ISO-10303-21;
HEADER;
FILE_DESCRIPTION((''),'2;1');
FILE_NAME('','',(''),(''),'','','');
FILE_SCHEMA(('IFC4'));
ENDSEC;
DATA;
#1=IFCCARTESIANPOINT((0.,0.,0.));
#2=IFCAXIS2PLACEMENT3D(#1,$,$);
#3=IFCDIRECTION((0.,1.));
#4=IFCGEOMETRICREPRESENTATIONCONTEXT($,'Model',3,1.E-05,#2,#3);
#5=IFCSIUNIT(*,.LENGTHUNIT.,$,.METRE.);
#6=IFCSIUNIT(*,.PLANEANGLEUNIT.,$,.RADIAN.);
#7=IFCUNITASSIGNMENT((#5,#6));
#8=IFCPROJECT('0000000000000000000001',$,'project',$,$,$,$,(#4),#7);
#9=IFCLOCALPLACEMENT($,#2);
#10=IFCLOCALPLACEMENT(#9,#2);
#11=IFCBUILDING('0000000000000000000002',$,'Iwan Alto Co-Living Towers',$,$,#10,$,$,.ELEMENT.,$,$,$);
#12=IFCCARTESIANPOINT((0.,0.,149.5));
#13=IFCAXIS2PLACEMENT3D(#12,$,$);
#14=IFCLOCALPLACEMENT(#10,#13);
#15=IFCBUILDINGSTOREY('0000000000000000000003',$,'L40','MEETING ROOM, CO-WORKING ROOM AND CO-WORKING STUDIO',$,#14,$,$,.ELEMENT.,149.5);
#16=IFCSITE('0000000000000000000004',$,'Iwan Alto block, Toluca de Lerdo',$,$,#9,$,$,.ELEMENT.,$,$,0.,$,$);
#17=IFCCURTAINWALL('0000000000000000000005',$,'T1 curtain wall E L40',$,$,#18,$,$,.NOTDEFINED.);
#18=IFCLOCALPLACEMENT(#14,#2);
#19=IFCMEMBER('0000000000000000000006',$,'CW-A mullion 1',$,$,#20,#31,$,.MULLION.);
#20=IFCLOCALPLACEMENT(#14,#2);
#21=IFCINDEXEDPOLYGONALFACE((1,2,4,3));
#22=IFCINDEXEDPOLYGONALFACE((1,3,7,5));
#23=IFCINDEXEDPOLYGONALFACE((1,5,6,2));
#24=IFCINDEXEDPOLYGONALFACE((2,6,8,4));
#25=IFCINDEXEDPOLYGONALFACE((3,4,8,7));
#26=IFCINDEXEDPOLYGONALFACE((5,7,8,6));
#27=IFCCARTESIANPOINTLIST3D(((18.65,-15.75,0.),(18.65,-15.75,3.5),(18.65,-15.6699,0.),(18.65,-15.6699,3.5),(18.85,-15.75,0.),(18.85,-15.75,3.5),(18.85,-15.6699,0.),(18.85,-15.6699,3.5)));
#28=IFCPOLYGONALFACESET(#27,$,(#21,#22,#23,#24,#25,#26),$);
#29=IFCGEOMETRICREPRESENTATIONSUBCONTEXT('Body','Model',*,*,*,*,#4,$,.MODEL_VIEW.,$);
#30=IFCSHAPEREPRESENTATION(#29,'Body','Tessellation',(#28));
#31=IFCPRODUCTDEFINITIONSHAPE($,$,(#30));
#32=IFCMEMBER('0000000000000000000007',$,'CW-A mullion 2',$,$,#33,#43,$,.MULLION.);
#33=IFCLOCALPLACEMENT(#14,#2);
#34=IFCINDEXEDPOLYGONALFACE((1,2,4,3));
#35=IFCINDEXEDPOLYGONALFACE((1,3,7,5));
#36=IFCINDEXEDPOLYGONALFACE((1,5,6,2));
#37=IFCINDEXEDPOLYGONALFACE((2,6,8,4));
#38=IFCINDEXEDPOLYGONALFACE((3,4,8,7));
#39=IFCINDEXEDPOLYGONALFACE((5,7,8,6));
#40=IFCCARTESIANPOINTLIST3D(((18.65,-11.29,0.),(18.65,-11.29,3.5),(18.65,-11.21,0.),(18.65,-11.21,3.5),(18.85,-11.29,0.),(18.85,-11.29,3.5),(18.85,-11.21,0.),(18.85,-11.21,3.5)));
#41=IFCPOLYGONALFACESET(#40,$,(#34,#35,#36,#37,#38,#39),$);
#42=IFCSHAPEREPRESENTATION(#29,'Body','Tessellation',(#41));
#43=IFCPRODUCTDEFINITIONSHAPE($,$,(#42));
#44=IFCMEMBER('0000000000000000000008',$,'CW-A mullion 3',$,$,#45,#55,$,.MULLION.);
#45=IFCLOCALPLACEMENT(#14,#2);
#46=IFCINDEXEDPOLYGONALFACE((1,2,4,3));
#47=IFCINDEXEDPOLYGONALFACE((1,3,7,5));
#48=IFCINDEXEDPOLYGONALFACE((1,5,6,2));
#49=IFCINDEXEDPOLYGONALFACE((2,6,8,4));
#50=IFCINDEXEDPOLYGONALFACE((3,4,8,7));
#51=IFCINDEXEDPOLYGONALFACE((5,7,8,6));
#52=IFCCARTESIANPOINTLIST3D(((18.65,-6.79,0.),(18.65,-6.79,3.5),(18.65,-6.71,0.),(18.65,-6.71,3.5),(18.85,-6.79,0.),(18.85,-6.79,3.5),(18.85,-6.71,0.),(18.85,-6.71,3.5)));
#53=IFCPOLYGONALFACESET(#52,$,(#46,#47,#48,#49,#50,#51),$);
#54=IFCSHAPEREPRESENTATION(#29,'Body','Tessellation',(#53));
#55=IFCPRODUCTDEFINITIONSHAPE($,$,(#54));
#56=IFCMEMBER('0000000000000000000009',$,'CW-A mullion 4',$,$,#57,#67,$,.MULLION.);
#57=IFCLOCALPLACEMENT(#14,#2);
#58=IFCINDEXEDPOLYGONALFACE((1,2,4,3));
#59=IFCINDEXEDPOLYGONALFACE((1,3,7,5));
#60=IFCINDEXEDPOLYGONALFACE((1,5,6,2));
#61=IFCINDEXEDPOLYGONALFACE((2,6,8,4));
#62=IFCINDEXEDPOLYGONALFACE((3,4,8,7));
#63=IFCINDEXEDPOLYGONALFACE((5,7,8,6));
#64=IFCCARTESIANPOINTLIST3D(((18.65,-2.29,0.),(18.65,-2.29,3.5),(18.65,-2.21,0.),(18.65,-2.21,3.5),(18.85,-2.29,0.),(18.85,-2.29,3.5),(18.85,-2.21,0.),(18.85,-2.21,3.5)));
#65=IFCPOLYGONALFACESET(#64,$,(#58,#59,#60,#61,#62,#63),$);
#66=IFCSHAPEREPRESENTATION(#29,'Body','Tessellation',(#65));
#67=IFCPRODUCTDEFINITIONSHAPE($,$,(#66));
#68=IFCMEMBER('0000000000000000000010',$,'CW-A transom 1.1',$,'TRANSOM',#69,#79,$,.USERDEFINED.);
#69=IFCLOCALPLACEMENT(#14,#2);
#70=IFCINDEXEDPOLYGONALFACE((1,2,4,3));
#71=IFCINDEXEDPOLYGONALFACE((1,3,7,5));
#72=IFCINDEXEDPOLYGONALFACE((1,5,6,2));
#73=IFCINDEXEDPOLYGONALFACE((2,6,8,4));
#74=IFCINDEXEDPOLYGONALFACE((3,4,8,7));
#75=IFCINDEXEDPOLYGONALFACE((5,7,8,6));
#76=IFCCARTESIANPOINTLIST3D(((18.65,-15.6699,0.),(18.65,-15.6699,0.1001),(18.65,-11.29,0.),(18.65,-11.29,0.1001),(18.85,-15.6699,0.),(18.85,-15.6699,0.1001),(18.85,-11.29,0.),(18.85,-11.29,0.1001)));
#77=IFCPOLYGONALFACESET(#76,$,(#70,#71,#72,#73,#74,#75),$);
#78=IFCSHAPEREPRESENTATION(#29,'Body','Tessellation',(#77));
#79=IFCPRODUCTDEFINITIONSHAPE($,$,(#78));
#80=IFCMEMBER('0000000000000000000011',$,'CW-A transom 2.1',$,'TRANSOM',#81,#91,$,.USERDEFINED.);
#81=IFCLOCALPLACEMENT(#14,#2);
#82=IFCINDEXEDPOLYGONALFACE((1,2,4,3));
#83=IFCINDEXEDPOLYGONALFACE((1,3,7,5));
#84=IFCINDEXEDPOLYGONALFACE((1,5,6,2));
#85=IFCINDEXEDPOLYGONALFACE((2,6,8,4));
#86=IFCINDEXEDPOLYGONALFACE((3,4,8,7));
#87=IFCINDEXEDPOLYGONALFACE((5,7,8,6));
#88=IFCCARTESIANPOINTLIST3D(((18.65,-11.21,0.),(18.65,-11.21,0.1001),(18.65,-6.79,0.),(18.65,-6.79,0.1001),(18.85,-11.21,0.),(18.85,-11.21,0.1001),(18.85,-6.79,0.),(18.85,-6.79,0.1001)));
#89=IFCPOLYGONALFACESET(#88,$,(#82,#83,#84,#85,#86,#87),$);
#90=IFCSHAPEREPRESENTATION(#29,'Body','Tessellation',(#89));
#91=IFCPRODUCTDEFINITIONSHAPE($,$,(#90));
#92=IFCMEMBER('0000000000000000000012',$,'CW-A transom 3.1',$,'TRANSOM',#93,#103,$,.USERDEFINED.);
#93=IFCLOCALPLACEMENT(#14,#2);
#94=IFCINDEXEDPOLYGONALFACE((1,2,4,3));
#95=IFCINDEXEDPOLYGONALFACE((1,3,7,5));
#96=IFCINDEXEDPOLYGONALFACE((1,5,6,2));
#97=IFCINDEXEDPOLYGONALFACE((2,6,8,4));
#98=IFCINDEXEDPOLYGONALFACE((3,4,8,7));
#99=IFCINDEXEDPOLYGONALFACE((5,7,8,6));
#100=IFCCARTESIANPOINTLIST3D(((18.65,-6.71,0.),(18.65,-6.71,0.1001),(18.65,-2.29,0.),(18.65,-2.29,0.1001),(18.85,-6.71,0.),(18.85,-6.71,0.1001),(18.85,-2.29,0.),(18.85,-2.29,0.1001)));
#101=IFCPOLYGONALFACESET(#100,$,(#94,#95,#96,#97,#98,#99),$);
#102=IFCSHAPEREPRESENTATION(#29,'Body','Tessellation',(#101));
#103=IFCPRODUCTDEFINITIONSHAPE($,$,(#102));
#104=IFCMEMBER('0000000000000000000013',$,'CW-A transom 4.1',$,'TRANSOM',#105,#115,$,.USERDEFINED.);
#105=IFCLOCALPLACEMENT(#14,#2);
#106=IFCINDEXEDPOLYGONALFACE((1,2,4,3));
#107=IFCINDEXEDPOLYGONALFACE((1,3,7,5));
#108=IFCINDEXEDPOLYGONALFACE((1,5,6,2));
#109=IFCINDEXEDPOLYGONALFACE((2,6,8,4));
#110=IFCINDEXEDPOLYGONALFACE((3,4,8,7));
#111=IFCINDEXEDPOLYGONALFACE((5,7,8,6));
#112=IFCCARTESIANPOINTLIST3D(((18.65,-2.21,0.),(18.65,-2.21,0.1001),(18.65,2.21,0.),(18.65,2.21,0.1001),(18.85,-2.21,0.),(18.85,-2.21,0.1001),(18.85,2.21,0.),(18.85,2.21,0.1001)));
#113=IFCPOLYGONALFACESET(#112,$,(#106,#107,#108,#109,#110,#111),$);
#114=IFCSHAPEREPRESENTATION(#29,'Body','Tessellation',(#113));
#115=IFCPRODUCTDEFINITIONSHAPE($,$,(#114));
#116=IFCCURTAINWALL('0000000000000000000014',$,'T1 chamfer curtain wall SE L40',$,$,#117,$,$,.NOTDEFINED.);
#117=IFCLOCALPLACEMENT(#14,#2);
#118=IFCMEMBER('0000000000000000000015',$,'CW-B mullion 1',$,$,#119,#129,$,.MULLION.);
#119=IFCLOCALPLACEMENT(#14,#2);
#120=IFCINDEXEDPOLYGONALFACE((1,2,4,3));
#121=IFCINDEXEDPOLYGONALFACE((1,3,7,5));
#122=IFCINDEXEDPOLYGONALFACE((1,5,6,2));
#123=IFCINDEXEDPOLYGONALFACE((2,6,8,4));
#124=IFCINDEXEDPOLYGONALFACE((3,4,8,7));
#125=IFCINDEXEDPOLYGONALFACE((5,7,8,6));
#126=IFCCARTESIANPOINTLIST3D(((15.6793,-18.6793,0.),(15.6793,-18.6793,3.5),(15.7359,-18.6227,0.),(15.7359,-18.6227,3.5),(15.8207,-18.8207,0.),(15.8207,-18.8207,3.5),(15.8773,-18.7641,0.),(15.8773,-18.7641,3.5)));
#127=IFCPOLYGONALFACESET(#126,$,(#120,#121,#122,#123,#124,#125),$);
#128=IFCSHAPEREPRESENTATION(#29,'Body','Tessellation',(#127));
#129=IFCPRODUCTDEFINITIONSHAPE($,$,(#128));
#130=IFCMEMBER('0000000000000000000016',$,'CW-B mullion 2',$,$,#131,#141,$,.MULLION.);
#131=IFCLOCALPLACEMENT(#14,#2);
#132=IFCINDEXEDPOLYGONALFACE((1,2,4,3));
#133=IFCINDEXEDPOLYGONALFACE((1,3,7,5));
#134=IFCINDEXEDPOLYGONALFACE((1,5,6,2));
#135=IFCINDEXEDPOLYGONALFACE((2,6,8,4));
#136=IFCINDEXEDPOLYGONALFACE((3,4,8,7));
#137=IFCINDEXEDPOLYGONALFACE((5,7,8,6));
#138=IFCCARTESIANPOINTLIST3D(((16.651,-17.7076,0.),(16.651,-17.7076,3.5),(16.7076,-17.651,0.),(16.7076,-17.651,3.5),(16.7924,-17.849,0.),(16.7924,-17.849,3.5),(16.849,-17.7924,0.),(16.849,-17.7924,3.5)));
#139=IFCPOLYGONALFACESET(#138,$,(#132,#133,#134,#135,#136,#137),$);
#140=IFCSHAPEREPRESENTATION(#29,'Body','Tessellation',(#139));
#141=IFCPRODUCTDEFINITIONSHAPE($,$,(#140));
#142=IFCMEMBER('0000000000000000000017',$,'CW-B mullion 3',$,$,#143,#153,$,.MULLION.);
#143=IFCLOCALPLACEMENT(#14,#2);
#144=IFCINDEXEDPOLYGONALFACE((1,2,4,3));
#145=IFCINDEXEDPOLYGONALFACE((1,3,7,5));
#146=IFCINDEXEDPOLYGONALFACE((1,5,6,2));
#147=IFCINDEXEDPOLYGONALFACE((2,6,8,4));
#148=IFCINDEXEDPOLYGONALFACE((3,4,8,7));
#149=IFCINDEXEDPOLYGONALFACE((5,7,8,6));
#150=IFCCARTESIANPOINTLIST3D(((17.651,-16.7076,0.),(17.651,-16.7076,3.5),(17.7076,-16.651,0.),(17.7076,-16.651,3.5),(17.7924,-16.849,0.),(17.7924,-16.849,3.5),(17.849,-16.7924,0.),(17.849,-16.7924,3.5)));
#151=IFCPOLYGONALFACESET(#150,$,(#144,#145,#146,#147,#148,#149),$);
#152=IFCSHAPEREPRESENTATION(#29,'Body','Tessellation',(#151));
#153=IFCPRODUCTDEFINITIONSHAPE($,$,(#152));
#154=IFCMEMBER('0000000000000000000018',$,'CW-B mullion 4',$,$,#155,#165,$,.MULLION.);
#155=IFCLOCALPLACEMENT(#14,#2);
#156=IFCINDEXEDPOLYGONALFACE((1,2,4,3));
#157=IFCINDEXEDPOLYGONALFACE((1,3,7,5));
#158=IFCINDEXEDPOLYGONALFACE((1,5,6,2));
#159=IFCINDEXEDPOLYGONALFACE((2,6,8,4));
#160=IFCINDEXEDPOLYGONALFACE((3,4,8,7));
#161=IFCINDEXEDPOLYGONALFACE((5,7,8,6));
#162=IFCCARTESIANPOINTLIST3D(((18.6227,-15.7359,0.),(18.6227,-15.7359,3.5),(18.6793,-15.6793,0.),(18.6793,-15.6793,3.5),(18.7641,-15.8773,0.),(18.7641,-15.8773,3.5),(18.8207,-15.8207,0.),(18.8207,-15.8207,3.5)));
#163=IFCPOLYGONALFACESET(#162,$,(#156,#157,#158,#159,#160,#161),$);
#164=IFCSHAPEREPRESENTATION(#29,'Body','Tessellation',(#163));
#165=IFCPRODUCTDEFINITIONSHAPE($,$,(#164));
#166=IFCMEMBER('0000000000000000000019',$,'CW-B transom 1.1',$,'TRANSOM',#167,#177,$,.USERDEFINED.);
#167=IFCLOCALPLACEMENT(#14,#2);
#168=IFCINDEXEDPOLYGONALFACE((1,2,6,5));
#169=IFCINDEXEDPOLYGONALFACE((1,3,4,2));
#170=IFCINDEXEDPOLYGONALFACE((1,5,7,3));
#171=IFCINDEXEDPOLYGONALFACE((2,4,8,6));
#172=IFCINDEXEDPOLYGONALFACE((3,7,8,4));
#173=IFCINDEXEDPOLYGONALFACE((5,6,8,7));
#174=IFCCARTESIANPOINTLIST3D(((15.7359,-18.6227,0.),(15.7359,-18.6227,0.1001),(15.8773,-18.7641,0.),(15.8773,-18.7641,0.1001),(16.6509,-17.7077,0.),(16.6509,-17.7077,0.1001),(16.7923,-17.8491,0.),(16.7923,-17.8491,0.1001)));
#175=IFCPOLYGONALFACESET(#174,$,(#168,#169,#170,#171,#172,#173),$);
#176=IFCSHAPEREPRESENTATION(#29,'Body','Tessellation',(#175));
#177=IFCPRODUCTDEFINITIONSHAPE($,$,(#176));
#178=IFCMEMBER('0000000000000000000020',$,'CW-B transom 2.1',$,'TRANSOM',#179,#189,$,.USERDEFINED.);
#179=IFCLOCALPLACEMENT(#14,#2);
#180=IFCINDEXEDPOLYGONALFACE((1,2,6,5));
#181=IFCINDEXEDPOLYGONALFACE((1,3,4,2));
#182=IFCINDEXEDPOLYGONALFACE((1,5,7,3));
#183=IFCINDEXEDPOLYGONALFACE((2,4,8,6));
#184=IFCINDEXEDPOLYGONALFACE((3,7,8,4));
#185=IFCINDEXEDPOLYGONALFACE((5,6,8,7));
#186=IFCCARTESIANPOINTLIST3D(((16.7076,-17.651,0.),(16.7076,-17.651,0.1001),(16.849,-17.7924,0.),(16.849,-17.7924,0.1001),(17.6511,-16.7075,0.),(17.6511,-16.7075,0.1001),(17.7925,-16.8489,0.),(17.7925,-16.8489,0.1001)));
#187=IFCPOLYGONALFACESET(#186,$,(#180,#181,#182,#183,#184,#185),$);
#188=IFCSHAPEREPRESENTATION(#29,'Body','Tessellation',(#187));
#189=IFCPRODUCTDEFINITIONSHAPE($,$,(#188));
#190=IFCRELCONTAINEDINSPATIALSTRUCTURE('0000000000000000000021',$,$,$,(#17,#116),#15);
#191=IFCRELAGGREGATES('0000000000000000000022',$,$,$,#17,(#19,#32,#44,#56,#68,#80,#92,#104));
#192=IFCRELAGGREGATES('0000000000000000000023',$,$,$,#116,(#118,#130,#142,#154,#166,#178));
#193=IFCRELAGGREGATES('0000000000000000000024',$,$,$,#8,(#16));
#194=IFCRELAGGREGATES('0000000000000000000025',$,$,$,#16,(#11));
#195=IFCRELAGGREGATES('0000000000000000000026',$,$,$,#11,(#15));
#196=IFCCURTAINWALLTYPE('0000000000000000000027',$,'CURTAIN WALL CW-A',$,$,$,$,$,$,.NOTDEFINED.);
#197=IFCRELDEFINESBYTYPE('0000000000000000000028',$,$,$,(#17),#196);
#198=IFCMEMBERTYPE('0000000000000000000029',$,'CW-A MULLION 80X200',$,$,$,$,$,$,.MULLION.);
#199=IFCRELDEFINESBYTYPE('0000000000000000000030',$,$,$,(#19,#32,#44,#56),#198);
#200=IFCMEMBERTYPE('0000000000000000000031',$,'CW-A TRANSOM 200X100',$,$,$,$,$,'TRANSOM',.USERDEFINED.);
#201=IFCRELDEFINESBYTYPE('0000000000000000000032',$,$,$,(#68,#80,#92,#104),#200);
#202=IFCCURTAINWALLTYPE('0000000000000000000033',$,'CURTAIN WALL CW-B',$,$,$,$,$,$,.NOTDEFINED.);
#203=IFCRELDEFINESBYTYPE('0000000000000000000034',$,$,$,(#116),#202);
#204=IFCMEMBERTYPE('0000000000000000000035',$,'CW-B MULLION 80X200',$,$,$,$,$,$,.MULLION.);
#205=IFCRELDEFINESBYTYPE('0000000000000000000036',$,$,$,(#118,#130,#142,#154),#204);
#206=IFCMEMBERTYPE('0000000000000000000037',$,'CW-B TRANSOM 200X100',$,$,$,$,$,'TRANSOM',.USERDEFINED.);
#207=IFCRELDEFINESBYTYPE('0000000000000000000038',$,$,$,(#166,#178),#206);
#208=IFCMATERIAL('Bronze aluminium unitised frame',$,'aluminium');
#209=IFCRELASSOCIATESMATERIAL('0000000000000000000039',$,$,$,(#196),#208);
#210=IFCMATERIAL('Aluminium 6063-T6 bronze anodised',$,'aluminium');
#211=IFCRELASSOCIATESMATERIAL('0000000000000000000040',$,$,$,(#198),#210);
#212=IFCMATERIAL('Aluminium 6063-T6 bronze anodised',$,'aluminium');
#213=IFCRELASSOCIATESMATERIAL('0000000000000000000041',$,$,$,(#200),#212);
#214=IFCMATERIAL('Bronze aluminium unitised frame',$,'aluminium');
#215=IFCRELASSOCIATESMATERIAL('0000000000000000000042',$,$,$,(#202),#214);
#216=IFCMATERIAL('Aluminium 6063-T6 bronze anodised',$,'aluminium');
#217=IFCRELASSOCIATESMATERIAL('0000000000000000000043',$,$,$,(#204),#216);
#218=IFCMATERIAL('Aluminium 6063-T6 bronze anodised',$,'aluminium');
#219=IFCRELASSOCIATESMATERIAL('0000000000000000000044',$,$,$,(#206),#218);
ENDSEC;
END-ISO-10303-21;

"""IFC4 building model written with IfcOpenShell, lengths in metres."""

from ifc_helpers import new_model, si_unit, direction, frame, origin, origin_2d, place, context, subcontext, project, spatial, rectangle, extrude, material, material_profile, profile_set, type_object, element, aggregate, save


model = new_model("IFC4")

# Units and contexts
model_context = context("Model", 3, precision=1e-05, world=origin(), true_north=direction((0.0, 1.0)))
body_context = subcontext(model_context, "Body", "Model", "MODEL_VIEW")
ifc_project = project(units=[si_unit("LENGTHUNIT", "METRE"), si_unit("PLANEANGLEUNIT", "RADIAN")], contexts=[model_context])

# Site, building, storey
site_placement = place(None, origin())
site = spatial("IfcSite", under=ifc_project, at=site_placement, Name="Iwan Alto block, Toluca de Lerdo", CompositionType="ELEMENT", RefElevation=0.0)
building_placement = place(site_placement, origin())
building = spatial("IfcBuilding", under=site, at=building_placement, Name="Iwan Alto Co-Living Towers", CompositionType="ELEMENT")
storey_placement = place(building_placement, frame((0.0, 0.0, 149.5)))
storey = spatial("IfcBuildingStorey", under=building, at=storey_placement, Name="L40", Description="MEETING ROOM, CO-WORKING ROOM AND CO-WORKING STUDIO", CompositionType="ELEMENT", Elevation=149.5)

# Curtain walls, members
ifc_material_1 = material(Name="Bronze aluminium unitised frame", Category="aluminium")
curtain_wall_type_1 = type_object("IfcCurtainWallType", Name="CURTAIN WALL CW-A", PredefinedType="NOTDEFINED", material=ifc_material_1)
curtain_wall_1_placement = place(storey_placement, origin())
curtain_wall_1 = element("IfcCurtainWall", 1, at=curtain_wall_1_placement, inside=storey, type_object=curtain_wall_type_1, Name="T1 curtain wall E L40", PredefinedType="NOTDEFINED")
ifc_material_2 = material(Name="Aluminium 6063-T6 bronze anodised", Category="aluminium")
ifc_material_profile_1 = material_profile(ifc_material_2, rectangle(XDim=0.2, YDim=0.0801, at=origin_2d()), Name="AL 80X200")
ifc_profile_set_1 = profile_set([ifc_material_profile_1], Name="Aluminium 6063-T6 bronze anodised")
member_type_1 = type_object("IfcMemberType", Name="CW-A MULLION 80X200", PredefinedType="MULLION", material=ifc_profile_set_1)
member_1_placement = place(storey_placement, frame((18.75, -15.71, 0.0), z_axis=(0.0, 0.0, 1.0), x_axis=(-1.0, 0.0, 0.0)))
member_1 = element("IfcMember", 2, at=member_1_placement, type_object=member_type_1, Name="CW-A mullion 1", PredefinedType="MULLION", context=body_context, shape_type="SweptSolid", body=[
    extrude(rectangle(XDim=0.2, YDim=0.0801, at=origin_2d()), origin(), (0.0, 0.0, 1.0), 3.5),
])
member_2_placement = place(storey_placement, frame((18.75, -11.25, 0.0), z_axis=(0.0, 0.0, 1.0), x_axis=(-1.0, 0.0, 0.0)))
member_2 = element("IfcMember", 3, at=member_2_placement, type_object=member_type_1, Name="CW-A mullion 2", PredefinedType="MULLION", context=body_context, shape_type="SweptSolid", body=[
    extrude(rectangle(XDim=0.2, YDim=0.0801, at=origin_2d()), origin(), (0.0, 0.0, 1.0), 3.5),
])
member_3_placement = place(storey_placement, frame((18.75, -6.75, 0.0), z_axis=(0.0, 0.0, 1.0), x_axis=(-1.0, 0.0, 0.0)))
member_3 = element("IfcMember", 4, at=member_3_placement, type_object=member_type_1, Name="CW-A mullion 3", PredefinedType="MULLION", context=body_context, shape_type="SweptSolid", body=[
    extrude(rectangle(XDim=0.2, YDim=0.0801, at=origin_2d()), origin(), (0.0, 0.0, 1.0), 3.5),
])
member_4_placement = place(storey_placement, frame((18.75, -2.25, 0.0), z_axis=(0.0, 0.0, 1.0), x_axis=(-1.0, 0.0, 0.0)))
member_4 = element("IfcMember", 5, at=member_4_placement, type_object=member_type_1, Name="CW-A mullion 4", PredefinedType="MULLION", context=body_context, shape_type="SweptSolid", body=[
    extrude(rectangle(XDim=0.2, YDim=0.0801, at=origin_2d()), origin(), (0.0, 0.0, 1.0), 3.5),
])
ifc_material_3 = material(Name="Aluminium 6063-T6 bronze anodised", Category="aluminium")
ifc_material_profile_2 = material_profile(ifc_material_3, rectangle(XDim=0.2, YDim=0.1001, at=origin_2d()), Name="AL 200X100")
ifc_profile_set_2 = profile_set([ifc_material_profile_2], Name="Aluminium 6063-T6 bronze anodised")
member_type_2 = type_object("IfcMemberType", Name="CW-A TRANSOM 200X100", ElementType="TRANSOM", PredefinedType="USERDEFINED", material=ifc_profile_set_2)
member_5_placement = place(storey_placement, frame((18.75, -15.6699, 0.05), z_axis=(0.0, 1.0, 0.0), x_axis=(-1.0, 0.0, 0.0)))
member_5 = element("IfcMember", 6, at=member_5_placement, type_object=member_type_2, Name="CW-A transom 1.1", ObjectType="TRANSOM", PredefinedType="USERDEFINED", context=body_context, shape_type="SweptSolid", body=[
    extrude(rectangle(XDim=0.2, YDim=0.1001, at=origin_2d()), origin(), (0.0, 0.0, 1.0), 4.3799),
])
member_6_placement = place(storey_placement, frame((18.75, -11.21, 0.05), z_axis=(0.0, 1.0, 0.0), x_axis=(-1.0, 0.0, 0.0)))
member_6 = element("IfcMember", 7, at=member_6_placement, type_object=member_type_2, Name="CW-A transom 2.1", ObjectType="TRANSOM", PredefinedType="USERDEFINED", context=body_context, shape_type="SweptSolid", body=[
    extrude(rectangle(XDim=0.2, YDim=0.1001, at=origin_2d()), origin(), (0.0, 0.0, 1.0), 4.4199),
])
member_7_placement = place(storey_placement, frame((18.75, -6.71, 0.05), z_axis=(0.0, 1.0, 0.0), x_axis=(-1.0, 0.0, 0.0)))
member_7 = element("IfcMember", 8, at=member_7_placement, type_object=member_type_2, Name="CW-A transom 3.1", ObjectType="TRANSOM", PredefinedType="USERDEFINED", context=body_context, shape_type="SweptSolid", body=[
    extrude(rectangle(XDim=0.2, YDim=0.1001, at=origin_2d()), origin(), (0.0, 0.0, 1.0), 4.4199),
])
member_8_placement = place(storey_placement, frame((18.75, -2.21, 0.05), z_axis=(0.0, 1.0, 0.0), x_axis=(-1.0, 0.0, 0.0)))
member_8 = element("IfcMember", 9, at=member_8_placement, type_object=member_type_2, Name="CW-A transom 4.1", ObjectType="TRANSOM", PredefinedType="USERDEFINED", context=body_context, shape_type="SweptSolid", body=[
    extrude(rectangle(XDim=0.2, YDim=0.1001, at=origin_2d()), origin(), (0.0, 0.0, 1.0), 4.4199),
])
ifc_material_4 = material(Name="Bronze aluminium unitised frame", Category="aluminium")
curtain_wall_type_2 = type_object("IfcCurtainWallType", Name="CURTAIN WALL CW-B", PredefinedType="NOTDEFINED", material=ifc_material_4)
curtain_wall_2_placement = place(storey_placement, origin())
curtain_wall_2 = element("IfcCurtainWall", 10, at=curtain_wall_2_placement, inside=storey, type_object=curtain_wall_type_2, Name="T1 chamfer curtain wall SE L40", PredefinedType="NOTDEFINED")
ifc_material_5 = material(Name="Aluminium 6063-T6 bronze anodised", Category="aluminium")
ifc_material_profile_3 = material_profile(ifc_material_5, rectangle(XDim=0.2, YDim=0.0801, at=origin_2d()), Name="AL 80X200")
ifc_profile_set_3 = profile_set([ifc_material_profile_3], Name="Aluminium 6063-T6 bronze anodised")
member_type_3 = type_object("IfcMemberType", Name="CW-B MULLION 80X200", PredefinedType="MULLION", material=ifc_profile_set_3)
member_9_placement = place(storey_placement, frame((15.7783, -18.7217, 0.0), z_axis=(0.0, 0.0, 1.0), x_axis=(-0.707107, 0.707107, 0.0)))
member_9 = element("IfcMember", 11, at=member_9_placement, type_object=member_type_3, Name="CW-B mullion 1", PredefinedType="MULLION", context=body_context, shape_type="SweptSolid", body=[
    extrude(rectangle(XDim=0.2, YDim=0.0801, at=origin_2d()), origin(), (0.0, 0.0, 1.0), 3.5),
])
member_10_placement = place(storey_placement, frame((16.75, -17.75, 0.0), z_axis=(0.0, 0.0, 1.0), x_axis=(-0.707107, 0.707107, 0.0)))
member_10 = element("IfcMember", 12, at=member_10_placement, type_object=member_type_3, Name="CW-B mullion 2", PredefinedType="MULLION", context=body_context, shape_type="SweptSolid", body=[
    extrude(rectangle(XDim=0.2, YDim=0.0801, at=origin_2d()), origin(), (0.0, 0.0, 1.0), 3.5),
])
member_11_placement = place(storey_placement, frame((17.75, -16.75, 0.0), z_axis=(0.0, 0.0, 1.0), x_axis=(-0.707107, 0.707107, 0.0)))
member_11 = element("IfcMember", 13, at=member_11_placement, type_object=member_type_3, Name="CW-B mullion 3", PredefinedType="MULLION", context=body_context, shape_type="SweptSolid", body=[
    extrude(rectangle(XDim=0.2, YDim=0.0801, at=origin_2d()), origin(), (0.0, 0.0, 1.0), 3.5),
])
member_12_placement = place(storey_placement, frame((18.7217, -15.7783, 0.0), z_axis=(0.0, 0.0, 1.0), x_axis=(-0.707107, 0.707107, 0.0)))
member_12 = element("IfcMember", 14, at=member_12_placement, type_object=member_type_3, Name="CW-B mullion 4", PredefinedType="MULLION", context=body_context, shape_type="SweptSolid", body=[
    extrude(rectangle(XDim=0.2, YDim=0.0801, at=origin_2d()), origin(), (0.0, 0.0, 1.0), 3.5),
])
ifc_material_6 = material(Name="Aluminium 6063-T6 bronze anodised", Category="aluminium")
ifc_material_profile_4 = material_profile(ifc_material_6, rectangle(XDim=0.2, YDim=0.1001, at=origin_2d()), Name="AL 200X100")
ifc_profile_set_4 = profile_set([ifc_material_profile_4], Name="Aluminium 6063-T6 bronze anodised")
member_type_4 = type_object("IfcMemberType", Name="CW-B TRANSOM 200X100", ElementType="TRANSOM", PredefinedType="USERDEFINED", material=ifc_profile_set_4)
member_13_placement = place(storey_placement, frame((15.8066, -18.6934, 0.05), z_axis=(0.707107, 0.707107, 0.0), x_axis=(-0.707107, 0.707107, 0.0)))
member_13 = element("IfcMember", 15, at=member_13_placement, type_object=member_type_4, Name="CW-B transom 1.1", ObjectType="TRANSOM", PredefinedType="USERDEFINED", context=body_context, shape_type="SweptSolid", body=[
    extrude(rectangle(XDim=0.2, YDim=0.1001, at=origin_2d()), origin(), (0.0, 0.0, 1.0), 1.2939),
])
member_14_placement = place(storey_placement, frame((16.7783, -17.7217, 0.05), z_axis=(0.707107, 0.707107, 0.0), x_axis=(-0.707107, 0.707107, 0.0)))
member_14 = element("IfcMember", 16, at=member_14_placement, type_object=member_type_4, Name="CW-B transom 2.1", ObjectType="TRANSOM", PredefinedType="USERDEFINED", context=body_context, shape_type="SweptSolid", body=[
    extrude(rectangle(XDim=0.2, YDim=0.1001, at=origin_2d()), origin(), (0.0, 0.0, 1.0), 1.3342),
])

aggregate(curtain_wall_1, [member_1, member_2, member_3, member_4, member_5, member_6, member_7, member_8])
aggregate(curtain_wall_2, [member_9, member_10, member_11, member_12, member_13, member_14])

save(model, "model.ifc")
